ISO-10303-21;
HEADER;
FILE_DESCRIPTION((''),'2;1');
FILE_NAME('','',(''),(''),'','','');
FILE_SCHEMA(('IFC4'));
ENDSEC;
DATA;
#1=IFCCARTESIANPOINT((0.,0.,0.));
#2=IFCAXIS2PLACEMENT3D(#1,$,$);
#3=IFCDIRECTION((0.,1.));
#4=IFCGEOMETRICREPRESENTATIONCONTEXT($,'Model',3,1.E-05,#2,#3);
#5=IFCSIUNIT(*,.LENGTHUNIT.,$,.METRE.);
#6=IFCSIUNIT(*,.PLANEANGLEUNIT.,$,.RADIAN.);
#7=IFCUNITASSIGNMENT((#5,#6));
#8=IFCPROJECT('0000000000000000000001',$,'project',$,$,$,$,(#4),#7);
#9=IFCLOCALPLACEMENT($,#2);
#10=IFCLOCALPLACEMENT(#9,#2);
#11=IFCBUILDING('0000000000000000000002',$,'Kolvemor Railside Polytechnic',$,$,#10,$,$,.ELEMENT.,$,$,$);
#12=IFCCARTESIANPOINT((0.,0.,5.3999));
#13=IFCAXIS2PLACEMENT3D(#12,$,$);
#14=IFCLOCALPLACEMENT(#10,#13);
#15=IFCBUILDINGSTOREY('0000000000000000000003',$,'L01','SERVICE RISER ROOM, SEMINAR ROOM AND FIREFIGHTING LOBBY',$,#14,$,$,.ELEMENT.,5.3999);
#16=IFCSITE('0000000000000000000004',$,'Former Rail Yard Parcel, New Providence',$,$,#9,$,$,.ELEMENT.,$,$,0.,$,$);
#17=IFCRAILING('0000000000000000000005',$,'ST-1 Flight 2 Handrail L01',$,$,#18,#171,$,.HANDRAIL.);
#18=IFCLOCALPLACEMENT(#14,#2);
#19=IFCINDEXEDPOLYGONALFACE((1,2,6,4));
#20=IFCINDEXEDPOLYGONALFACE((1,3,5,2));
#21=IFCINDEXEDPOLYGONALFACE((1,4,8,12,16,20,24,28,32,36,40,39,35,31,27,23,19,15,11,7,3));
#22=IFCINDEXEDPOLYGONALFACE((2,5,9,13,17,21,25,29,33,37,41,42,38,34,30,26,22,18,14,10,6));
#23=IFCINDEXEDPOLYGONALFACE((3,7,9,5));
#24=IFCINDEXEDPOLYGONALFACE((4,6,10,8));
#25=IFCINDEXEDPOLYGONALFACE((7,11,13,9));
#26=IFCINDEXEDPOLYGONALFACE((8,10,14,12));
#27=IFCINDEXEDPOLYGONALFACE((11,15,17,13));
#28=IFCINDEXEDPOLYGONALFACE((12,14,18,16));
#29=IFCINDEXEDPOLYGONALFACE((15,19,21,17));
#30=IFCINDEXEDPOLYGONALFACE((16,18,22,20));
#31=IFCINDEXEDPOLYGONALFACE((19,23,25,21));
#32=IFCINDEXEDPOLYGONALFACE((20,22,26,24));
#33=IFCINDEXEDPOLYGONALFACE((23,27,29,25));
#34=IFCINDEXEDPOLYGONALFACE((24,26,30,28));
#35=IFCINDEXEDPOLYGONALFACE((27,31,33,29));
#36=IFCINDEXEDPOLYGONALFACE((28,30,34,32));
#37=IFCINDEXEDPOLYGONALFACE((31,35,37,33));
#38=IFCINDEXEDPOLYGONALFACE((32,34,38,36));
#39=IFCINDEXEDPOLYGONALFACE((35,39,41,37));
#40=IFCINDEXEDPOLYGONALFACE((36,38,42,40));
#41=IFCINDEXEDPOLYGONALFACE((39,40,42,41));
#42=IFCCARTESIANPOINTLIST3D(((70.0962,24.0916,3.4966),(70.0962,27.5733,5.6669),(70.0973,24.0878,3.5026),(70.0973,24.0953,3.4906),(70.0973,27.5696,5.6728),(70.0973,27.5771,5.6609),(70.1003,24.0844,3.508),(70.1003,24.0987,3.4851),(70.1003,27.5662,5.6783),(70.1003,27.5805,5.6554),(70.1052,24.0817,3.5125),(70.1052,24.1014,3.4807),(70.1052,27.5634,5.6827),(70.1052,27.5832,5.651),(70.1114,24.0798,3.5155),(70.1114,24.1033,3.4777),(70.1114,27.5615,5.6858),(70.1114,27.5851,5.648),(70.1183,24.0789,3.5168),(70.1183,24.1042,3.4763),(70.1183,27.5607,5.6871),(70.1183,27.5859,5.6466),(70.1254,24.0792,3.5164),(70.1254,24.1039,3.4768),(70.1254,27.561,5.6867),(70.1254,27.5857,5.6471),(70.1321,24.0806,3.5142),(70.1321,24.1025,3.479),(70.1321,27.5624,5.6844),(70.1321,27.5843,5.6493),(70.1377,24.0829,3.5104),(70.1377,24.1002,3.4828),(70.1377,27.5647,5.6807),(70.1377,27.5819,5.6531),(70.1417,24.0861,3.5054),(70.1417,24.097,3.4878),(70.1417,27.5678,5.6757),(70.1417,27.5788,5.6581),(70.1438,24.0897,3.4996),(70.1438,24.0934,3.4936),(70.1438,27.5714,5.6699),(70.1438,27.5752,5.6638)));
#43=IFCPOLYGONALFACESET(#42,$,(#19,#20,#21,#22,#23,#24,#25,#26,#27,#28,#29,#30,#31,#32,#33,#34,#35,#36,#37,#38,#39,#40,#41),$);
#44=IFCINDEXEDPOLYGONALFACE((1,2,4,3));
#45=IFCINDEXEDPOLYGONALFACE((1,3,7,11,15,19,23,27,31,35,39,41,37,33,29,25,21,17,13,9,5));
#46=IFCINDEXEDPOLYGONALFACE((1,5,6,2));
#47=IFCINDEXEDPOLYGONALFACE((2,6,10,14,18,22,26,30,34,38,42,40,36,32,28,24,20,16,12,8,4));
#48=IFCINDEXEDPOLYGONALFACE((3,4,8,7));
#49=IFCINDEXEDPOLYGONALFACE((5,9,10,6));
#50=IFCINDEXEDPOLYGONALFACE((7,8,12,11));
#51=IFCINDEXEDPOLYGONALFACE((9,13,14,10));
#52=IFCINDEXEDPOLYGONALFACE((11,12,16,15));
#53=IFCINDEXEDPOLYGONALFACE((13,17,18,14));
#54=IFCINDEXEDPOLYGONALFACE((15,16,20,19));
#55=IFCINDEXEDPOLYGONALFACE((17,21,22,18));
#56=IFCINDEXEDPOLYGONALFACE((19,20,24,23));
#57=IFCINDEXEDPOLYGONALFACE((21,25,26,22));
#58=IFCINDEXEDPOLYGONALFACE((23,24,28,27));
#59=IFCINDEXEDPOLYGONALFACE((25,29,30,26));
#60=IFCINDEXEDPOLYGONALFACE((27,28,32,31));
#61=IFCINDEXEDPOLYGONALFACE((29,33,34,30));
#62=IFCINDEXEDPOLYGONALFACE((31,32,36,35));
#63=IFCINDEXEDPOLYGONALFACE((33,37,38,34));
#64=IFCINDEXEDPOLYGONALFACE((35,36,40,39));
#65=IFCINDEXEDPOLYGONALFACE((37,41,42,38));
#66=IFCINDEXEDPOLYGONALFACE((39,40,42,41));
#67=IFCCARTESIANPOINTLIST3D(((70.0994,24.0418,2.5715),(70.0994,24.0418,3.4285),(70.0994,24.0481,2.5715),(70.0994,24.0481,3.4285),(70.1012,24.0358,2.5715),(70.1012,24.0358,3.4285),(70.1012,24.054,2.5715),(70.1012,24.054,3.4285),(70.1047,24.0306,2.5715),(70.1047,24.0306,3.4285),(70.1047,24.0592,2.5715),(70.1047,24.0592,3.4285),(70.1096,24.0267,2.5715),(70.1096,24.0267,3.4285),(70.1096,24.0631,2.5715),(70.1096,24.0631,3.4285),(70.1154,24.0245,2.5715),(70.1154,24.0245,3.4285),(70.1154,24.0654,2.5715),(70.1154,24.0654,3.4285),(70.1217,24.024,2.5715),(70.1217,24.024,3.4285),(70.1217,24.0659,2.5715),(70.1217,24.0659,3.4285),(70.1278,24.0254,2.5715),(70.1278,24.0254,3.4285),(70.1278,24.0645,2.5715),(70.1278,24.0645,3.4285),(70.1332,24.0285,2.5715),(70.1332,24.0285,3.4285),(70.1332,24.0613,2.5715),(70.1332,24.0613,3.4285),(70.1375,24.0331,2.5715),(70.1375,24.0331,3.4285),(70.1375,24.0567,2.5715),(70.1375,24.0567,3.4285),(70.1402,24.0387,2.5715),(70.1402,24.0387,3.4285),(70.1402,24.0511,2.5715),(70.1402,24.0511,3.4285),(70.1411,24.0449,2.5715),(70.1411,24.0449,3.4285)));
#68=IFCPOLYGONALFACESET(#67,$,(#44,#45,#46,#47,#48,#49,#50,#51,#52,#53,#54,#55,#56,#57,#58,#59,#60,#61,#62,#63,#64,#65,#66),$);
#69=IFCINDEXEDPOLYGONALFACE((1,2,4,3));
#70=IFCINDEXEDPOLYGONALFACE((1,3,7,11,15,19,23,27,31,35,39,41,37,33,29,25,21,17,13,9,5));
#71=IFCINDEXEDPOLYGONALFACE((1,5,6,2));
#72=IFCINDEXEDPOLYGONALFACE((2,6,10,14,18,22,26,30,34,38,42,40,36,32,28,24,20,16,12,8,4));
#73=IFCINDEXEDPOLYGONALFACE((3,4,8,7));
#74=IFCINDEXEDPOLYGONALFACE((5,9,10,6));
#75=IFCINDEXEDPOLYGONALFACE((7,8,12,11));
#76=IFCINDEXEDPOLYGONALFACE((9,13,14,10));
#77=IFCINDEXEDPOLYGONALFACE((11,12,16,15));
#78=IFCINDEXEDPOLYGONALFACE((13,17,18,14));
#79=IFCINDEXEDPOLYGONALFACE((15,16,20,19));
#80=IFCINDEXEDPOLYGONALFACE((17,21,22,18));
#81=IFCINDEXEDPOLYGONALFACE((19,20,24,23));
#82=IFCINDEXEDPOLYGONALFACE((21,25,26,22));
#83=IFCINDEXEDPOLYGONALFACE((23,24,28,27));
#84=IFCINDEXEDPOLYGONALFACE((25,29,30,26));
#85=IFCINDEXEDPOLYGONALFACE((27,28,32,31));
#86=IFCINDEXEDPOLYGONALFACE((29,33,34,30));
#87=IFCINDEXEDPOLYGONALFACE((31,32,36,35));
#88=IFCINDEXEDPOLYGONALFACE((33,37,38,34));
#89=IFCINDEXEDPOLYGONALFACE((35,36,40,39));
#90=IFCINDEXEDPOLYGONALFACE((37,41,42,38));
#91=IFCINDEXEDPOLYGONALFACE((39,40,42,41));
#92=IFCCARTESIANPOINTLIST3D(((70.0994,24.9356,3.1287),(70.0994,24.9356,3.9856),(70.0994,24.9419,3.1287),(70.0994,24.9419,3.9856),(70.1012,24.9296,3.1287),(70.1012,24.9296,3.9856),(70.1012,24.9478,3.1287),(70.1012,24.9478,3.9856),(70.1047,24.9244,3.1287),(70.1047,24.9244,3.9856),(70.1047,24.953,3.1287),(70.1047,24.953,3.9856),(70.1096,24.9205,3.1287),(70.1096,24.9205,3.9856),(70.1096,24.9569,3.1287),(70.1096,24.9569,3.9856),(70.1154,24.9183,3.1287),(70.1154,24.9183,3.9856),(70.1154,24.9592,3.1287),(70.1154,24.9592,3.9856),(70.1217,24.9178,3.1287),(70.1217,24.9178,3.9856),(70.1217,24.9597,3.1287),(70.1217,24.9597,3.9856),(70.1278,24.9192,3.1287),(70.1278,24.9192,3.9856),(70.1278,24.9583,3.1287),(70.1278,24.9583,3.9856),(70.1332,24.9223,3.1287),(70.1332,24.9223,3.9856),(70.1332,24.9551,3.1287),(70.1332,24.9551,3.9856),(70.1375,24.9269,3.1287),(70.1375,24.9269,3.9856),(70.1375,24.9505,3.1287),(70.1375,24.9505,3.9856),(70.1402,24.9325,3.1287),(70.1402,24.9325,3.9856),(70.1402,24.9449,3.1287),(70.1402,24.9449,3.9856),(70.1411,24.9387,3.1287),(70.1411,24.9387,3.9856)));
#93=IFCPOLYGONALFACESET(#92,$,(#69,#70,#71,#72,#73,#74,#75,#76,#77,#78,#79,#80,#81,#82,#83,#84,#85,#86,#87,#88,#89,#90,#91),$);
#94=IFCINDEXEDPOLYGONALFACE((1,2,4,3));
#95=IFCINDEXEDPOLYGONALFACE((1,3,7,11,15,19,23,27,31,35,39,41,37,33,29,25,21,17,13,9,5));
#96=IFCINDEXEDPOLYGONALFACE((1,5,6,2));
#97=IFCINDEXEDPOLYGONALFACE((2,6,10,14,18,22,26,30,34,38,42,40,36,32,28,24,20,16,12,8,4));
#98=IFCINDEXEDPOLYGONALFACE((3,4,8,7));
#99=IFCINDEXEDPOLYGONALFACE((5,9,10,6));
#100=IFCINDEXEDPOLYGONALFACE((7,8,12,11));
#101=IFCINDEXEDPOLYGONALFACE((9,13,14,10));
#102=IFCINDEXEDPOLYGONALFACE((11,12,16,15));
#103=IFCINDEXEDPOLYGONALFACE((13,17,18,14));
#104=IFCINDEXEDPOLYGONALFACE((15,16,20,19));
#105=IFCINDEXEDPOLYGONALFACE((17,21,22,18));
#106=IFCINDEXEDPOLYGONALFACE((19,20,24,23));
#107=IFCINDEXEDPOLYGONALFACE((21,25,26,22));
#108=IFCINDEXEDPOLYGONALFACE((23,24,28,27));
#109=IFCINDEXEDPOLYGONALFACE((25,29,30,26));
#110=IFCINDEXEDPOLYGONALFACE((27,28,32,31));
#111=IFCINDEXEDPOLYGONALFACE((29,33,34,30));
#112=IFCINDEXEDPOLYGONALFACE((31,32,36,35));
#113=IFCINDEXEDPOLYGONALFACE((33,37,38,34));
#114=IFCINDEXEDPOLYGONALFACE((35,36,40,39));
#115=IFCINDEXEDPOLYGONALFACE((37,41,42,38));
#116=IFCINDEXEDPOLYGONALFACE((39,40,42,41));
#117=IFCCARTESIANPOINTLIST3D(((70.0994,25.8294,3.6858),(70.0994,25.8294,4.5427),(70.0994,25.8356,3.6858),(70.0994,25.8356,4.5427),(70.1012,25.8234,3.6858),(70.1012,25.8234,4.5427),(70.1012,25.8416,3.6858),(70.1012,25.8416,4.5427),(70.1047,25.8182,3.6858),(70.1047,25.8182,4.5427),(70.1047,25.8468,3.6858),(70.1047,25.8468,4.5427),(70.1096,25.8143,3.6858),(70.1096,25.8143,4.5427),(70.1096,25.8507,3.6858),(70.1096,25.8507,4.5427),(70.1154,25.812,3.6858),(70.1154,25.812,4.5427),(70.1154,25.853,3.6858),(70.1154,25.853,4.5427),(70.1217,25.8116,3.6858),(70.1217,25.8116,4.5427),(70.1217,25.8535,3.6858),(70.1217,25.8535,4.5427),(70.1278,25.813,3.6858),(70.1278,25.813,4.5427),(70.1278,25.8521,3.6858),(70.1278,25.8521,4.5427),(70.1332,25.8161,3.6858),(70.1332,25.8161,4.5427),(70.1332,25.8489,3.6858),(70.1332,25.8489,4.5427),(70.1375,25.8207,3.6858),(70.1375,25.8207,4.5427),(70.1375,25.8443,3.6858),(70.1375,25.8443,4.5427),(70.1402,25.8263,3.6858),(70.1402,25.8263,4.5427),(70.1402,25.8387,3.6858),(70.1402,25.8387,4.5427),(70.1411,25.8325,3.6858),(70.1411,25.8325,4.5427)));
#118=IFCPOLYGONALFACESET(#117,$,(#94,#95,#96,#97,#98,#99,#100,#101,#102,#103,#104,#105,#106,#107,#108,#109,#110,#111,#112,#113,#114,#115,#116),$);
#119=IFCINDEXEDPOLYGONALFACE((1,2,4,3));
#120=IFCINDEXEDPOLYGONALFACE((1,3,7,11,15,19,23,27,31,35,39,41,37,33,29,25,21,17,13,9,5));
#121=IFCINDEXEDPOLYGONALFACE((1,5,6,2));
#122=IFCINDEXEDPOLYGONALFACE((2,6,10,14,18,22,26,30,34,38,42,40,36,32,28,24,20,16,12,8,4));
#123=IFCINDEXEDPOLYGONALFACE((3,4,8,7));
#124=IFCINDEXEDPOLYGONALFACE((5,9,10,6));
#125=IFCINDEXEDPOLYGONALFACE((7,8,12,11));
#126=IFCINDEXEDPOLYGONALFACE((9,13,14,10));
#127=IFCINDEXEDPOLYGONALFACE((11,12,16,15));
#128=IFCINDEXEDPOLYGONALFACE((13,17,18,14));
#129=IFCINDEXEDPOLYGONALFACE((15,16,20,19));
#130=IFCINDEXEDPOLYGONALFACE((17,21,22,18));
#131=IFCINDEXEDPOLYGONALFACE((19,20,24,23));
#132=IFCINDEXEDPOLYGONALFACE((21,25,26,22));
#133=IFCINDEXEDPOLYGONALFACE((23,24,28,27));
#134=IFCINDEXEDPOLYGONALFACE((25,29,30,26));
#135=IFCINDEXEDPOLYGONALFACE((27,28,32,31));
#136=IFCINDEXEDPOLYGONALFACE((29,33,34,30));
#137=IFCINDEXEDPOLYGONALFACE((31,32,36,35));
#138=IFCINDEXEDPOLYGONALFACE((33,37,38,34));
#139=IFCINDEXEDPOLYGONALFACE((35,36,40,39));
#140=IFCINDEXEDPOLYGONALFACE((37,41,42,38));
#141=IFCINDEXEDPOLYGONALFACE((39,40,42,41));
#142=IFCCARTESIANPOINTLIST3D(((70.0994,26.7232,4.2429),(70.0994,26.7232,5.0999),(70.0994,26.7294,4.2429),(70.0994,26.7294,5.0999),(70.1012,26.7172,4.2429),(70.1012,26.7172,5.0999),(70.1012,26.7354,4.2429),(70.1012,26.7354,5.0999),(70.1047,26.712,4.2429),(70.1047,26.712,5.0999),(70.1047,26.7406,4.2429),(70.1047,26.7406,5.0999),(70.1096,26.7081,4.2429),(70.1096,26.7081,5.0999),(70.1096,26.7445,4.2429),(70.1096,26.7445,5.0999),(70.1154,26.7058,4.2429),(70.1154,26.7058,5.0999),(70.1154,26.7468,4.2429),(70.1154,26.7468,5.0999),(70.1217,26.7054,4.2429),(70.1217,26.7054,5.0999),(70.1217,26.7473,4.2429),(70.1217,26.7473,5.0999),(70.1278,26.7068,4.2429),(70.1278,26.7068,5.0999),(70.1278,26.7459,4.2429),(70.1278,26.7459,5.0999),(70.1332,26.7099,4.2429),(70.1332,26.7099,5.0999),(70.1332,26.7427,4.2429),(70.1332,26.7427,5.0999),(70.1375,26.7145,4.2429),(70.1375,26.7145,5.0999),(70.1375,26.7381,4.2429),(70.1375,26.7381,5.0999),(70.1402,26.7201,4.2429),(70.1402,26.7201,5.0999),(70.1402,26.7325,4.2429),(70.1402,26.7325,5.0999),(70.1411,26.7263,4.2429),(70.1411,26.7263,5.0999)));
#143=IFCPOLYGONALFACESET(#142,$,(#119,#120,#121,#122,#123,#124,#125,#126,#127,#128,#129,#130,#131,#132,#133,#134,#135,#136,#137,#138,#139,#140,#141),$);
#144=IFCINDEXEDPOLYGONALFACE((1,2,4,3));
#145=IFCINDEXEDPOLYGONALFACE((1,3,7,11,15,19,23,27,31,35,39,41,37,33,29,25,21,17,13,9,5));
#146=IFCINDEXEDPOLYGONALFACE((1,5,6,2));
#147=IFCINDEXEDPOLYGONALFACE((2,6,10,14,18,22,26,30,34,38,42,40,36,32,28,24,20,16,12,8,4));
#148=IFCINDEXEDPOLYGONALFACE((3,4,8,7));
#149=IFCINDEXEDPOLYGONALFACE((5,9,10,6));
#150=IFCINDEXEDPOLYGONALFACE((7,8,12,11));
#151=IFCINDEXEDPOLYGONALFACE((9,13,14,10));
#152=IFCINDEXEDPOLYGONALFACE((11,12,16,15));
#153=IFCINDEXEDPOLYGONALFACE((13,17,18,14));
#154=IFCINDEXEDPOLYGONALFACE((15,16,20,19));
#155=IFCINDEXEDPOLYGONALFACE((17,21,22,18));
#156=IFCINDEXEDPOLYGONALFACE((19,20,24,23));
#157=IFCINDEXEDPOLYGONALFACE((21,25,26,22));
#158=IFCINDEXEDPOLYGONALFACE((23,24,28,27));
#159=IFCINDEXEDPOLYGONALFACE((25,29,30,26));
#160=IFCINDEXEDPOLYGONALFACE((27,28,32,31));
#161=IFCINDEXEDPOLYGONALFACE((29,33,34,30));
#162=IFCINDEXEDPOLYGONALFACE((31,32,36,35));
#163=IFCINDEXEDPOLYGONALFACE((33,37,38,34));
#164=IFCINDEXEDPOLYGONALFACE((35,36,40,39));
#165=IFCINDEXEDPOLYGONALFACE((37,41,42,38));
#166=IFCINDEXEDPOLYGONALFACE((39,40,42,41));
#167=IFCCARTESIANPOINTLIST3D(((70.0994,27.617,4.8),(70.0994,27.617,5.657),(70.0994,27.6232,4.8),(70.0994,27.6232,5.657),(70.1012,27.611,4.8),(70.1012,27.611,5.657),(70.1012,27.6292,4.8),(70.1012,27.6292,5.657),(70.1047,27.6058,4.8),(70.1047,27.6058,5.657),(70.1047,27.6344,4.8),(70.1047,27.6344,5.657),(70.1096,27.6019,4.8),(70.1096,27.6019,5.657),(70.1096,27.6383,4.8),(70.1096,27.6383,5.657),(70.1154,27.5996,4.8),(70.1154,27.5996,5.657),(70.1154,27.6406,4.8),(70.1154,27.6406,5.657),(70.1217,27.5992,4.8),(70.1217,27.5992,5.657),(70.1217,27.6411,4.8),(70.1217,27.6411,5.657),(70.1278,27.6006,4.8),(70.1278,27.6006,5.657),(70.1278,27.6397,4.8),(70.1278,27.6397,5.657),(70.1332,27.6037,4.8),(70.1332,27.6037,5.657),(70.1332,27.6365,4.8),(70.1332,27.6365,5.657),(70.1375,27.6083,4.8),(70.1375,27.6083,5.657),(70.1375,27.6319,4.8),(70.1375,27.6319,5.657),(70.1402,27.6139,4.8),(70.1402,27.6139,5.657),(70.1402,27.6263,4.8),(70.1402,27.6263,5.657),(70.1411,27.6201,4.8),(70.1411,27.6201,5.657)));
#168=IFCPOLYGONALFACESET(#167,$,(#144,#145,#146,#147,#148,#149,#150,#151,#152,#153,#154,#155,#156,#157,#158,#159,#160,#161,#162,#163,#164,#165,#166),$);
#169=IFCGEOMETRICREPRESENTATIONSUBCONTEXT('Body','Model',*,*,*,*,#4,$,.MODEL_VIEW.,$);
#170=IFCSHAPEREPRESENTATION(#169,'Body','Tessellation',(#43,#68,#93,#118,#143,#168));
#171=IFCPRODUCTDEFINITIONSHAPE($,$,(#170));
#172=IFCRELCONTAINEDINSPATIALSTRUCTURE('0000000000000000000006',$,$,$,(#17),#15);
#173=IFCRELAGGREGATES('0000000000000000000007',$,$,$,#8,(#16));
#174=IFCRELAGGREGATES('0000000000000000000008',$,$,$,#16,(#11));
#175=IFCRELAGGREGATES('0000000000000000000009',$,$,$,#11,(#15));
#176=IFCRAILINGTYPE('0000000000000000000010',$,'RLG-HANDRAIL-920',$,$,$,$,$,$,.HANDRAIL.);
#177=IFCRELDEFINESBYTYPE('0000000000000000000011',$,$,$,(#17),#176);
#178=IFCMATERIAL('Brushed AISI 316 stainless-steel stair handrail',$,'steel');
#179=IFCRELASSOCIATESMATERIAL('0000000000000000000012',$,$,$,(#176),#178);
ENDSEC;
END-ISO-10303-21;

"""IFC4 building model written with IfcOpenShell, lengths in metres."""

from ifc_helpers import new_model, si_unit, direction, frame, origin, origin_2d, place, context, subcontext, project, spatial, circle, extrude, material, type_object, element, save


model = new_model("IFC4")

# Units and contexts
model_context = context("Model", 3, precision=1e-05, world=origin(), true_north=direction((0.0, 1.0)))
body_context = subcontext(model_context, "Body", "Model", "MODEL_VIEW")
ifc_project = project(units=[si_unit("LENGTHUNIT", "METRE"), si_unit("PLANEANGLEUNIT", "RADIAN")], contexts=[model_context])

# Site, building, storey
site_placement = place(None, origin())
site = spatial("IfcSite", under=ifc_project, at=site_placement, Name="Former Rail Yard Parcel, New Providence", CompositionType="ELEMENT", RefElevation=0.0)
building_placement = place(site_placement, origin())
building = spatial("IfcBuilding", under=site, at=building_placement, Name="Kolvemor Railside Polytechnic", CompositionType="ELEMENT")
storey_placement = place(building_placement, frame((0.0, 0.0, 5.3999)))
storey = spatial("IfcBuildingStorey", under=building, at=storey_placement, Name="L01", Description="SERVICE RISER ROOM, SEMINAR ROOM AND FIREFIGHTING LOBBY", CompositionType="ELEMENT", Elevation=5.3999)

# Railing
ifc_material_1 = material(Name="Brushed AISI 316 stainless-steel stair handrail", Category="steel")
railing_type_1 = type_object("IfcRailingType", Name="RLG-HANDRAIL-920", PredefinedType="HANDRAIL", material=ifc_material_1)
railing_1_placement = place(storey_placement, frame((70.1201, 24.0449, 2.5715)))
element("IfcRailing", 1, at=railing_1_placement, inside=storey, type_object=railing_type_1, Name="ST-1 Flight 2 Handrail L01", PredefinedType="HANDRAIL", context=body_context, shape_type="SweptSolid", body=[
    extrude(circle(Radius=0.0239, at=origin_2d()), frame((0.0, 0.0466, 0.925), z_axis=(0.0, 0.848636, 0.528978), x_axis=(-1.0, 0.0, 0.0)), (0.0, 0.0, 1.0), 4.1028),
    extrude(circle(Radius=0.021, at=origin_2d()), origin(), (0.0, 0.0, 1.0), 0.8569),
    extrude(circle(Radius=0.021, at=origin_2d()), frame((0.0, 0.8938, 0.5571)), (0.0, 0.0, 1.0), 0.8569),
    extrude(circle(Radius=0.021, at=origin_2d()), frame((0.0, 1.7876, 1.1143)), (0.0, 0.0, 1.0), 0.8569),
    extrude(circle(Radius=0.021, at=origin_2d()), frame((0.0, 2.6814, 1.6714)), (0.0, 0.0, 1.0), 0.8569),
    extrude(circle(Radius=0.021, at=origin_2d()), frame((0.0, 3.5752, 2.2285)), (0.0, 0.0, 1.0), 0.8569),
])

save(model, "model.ifc")
